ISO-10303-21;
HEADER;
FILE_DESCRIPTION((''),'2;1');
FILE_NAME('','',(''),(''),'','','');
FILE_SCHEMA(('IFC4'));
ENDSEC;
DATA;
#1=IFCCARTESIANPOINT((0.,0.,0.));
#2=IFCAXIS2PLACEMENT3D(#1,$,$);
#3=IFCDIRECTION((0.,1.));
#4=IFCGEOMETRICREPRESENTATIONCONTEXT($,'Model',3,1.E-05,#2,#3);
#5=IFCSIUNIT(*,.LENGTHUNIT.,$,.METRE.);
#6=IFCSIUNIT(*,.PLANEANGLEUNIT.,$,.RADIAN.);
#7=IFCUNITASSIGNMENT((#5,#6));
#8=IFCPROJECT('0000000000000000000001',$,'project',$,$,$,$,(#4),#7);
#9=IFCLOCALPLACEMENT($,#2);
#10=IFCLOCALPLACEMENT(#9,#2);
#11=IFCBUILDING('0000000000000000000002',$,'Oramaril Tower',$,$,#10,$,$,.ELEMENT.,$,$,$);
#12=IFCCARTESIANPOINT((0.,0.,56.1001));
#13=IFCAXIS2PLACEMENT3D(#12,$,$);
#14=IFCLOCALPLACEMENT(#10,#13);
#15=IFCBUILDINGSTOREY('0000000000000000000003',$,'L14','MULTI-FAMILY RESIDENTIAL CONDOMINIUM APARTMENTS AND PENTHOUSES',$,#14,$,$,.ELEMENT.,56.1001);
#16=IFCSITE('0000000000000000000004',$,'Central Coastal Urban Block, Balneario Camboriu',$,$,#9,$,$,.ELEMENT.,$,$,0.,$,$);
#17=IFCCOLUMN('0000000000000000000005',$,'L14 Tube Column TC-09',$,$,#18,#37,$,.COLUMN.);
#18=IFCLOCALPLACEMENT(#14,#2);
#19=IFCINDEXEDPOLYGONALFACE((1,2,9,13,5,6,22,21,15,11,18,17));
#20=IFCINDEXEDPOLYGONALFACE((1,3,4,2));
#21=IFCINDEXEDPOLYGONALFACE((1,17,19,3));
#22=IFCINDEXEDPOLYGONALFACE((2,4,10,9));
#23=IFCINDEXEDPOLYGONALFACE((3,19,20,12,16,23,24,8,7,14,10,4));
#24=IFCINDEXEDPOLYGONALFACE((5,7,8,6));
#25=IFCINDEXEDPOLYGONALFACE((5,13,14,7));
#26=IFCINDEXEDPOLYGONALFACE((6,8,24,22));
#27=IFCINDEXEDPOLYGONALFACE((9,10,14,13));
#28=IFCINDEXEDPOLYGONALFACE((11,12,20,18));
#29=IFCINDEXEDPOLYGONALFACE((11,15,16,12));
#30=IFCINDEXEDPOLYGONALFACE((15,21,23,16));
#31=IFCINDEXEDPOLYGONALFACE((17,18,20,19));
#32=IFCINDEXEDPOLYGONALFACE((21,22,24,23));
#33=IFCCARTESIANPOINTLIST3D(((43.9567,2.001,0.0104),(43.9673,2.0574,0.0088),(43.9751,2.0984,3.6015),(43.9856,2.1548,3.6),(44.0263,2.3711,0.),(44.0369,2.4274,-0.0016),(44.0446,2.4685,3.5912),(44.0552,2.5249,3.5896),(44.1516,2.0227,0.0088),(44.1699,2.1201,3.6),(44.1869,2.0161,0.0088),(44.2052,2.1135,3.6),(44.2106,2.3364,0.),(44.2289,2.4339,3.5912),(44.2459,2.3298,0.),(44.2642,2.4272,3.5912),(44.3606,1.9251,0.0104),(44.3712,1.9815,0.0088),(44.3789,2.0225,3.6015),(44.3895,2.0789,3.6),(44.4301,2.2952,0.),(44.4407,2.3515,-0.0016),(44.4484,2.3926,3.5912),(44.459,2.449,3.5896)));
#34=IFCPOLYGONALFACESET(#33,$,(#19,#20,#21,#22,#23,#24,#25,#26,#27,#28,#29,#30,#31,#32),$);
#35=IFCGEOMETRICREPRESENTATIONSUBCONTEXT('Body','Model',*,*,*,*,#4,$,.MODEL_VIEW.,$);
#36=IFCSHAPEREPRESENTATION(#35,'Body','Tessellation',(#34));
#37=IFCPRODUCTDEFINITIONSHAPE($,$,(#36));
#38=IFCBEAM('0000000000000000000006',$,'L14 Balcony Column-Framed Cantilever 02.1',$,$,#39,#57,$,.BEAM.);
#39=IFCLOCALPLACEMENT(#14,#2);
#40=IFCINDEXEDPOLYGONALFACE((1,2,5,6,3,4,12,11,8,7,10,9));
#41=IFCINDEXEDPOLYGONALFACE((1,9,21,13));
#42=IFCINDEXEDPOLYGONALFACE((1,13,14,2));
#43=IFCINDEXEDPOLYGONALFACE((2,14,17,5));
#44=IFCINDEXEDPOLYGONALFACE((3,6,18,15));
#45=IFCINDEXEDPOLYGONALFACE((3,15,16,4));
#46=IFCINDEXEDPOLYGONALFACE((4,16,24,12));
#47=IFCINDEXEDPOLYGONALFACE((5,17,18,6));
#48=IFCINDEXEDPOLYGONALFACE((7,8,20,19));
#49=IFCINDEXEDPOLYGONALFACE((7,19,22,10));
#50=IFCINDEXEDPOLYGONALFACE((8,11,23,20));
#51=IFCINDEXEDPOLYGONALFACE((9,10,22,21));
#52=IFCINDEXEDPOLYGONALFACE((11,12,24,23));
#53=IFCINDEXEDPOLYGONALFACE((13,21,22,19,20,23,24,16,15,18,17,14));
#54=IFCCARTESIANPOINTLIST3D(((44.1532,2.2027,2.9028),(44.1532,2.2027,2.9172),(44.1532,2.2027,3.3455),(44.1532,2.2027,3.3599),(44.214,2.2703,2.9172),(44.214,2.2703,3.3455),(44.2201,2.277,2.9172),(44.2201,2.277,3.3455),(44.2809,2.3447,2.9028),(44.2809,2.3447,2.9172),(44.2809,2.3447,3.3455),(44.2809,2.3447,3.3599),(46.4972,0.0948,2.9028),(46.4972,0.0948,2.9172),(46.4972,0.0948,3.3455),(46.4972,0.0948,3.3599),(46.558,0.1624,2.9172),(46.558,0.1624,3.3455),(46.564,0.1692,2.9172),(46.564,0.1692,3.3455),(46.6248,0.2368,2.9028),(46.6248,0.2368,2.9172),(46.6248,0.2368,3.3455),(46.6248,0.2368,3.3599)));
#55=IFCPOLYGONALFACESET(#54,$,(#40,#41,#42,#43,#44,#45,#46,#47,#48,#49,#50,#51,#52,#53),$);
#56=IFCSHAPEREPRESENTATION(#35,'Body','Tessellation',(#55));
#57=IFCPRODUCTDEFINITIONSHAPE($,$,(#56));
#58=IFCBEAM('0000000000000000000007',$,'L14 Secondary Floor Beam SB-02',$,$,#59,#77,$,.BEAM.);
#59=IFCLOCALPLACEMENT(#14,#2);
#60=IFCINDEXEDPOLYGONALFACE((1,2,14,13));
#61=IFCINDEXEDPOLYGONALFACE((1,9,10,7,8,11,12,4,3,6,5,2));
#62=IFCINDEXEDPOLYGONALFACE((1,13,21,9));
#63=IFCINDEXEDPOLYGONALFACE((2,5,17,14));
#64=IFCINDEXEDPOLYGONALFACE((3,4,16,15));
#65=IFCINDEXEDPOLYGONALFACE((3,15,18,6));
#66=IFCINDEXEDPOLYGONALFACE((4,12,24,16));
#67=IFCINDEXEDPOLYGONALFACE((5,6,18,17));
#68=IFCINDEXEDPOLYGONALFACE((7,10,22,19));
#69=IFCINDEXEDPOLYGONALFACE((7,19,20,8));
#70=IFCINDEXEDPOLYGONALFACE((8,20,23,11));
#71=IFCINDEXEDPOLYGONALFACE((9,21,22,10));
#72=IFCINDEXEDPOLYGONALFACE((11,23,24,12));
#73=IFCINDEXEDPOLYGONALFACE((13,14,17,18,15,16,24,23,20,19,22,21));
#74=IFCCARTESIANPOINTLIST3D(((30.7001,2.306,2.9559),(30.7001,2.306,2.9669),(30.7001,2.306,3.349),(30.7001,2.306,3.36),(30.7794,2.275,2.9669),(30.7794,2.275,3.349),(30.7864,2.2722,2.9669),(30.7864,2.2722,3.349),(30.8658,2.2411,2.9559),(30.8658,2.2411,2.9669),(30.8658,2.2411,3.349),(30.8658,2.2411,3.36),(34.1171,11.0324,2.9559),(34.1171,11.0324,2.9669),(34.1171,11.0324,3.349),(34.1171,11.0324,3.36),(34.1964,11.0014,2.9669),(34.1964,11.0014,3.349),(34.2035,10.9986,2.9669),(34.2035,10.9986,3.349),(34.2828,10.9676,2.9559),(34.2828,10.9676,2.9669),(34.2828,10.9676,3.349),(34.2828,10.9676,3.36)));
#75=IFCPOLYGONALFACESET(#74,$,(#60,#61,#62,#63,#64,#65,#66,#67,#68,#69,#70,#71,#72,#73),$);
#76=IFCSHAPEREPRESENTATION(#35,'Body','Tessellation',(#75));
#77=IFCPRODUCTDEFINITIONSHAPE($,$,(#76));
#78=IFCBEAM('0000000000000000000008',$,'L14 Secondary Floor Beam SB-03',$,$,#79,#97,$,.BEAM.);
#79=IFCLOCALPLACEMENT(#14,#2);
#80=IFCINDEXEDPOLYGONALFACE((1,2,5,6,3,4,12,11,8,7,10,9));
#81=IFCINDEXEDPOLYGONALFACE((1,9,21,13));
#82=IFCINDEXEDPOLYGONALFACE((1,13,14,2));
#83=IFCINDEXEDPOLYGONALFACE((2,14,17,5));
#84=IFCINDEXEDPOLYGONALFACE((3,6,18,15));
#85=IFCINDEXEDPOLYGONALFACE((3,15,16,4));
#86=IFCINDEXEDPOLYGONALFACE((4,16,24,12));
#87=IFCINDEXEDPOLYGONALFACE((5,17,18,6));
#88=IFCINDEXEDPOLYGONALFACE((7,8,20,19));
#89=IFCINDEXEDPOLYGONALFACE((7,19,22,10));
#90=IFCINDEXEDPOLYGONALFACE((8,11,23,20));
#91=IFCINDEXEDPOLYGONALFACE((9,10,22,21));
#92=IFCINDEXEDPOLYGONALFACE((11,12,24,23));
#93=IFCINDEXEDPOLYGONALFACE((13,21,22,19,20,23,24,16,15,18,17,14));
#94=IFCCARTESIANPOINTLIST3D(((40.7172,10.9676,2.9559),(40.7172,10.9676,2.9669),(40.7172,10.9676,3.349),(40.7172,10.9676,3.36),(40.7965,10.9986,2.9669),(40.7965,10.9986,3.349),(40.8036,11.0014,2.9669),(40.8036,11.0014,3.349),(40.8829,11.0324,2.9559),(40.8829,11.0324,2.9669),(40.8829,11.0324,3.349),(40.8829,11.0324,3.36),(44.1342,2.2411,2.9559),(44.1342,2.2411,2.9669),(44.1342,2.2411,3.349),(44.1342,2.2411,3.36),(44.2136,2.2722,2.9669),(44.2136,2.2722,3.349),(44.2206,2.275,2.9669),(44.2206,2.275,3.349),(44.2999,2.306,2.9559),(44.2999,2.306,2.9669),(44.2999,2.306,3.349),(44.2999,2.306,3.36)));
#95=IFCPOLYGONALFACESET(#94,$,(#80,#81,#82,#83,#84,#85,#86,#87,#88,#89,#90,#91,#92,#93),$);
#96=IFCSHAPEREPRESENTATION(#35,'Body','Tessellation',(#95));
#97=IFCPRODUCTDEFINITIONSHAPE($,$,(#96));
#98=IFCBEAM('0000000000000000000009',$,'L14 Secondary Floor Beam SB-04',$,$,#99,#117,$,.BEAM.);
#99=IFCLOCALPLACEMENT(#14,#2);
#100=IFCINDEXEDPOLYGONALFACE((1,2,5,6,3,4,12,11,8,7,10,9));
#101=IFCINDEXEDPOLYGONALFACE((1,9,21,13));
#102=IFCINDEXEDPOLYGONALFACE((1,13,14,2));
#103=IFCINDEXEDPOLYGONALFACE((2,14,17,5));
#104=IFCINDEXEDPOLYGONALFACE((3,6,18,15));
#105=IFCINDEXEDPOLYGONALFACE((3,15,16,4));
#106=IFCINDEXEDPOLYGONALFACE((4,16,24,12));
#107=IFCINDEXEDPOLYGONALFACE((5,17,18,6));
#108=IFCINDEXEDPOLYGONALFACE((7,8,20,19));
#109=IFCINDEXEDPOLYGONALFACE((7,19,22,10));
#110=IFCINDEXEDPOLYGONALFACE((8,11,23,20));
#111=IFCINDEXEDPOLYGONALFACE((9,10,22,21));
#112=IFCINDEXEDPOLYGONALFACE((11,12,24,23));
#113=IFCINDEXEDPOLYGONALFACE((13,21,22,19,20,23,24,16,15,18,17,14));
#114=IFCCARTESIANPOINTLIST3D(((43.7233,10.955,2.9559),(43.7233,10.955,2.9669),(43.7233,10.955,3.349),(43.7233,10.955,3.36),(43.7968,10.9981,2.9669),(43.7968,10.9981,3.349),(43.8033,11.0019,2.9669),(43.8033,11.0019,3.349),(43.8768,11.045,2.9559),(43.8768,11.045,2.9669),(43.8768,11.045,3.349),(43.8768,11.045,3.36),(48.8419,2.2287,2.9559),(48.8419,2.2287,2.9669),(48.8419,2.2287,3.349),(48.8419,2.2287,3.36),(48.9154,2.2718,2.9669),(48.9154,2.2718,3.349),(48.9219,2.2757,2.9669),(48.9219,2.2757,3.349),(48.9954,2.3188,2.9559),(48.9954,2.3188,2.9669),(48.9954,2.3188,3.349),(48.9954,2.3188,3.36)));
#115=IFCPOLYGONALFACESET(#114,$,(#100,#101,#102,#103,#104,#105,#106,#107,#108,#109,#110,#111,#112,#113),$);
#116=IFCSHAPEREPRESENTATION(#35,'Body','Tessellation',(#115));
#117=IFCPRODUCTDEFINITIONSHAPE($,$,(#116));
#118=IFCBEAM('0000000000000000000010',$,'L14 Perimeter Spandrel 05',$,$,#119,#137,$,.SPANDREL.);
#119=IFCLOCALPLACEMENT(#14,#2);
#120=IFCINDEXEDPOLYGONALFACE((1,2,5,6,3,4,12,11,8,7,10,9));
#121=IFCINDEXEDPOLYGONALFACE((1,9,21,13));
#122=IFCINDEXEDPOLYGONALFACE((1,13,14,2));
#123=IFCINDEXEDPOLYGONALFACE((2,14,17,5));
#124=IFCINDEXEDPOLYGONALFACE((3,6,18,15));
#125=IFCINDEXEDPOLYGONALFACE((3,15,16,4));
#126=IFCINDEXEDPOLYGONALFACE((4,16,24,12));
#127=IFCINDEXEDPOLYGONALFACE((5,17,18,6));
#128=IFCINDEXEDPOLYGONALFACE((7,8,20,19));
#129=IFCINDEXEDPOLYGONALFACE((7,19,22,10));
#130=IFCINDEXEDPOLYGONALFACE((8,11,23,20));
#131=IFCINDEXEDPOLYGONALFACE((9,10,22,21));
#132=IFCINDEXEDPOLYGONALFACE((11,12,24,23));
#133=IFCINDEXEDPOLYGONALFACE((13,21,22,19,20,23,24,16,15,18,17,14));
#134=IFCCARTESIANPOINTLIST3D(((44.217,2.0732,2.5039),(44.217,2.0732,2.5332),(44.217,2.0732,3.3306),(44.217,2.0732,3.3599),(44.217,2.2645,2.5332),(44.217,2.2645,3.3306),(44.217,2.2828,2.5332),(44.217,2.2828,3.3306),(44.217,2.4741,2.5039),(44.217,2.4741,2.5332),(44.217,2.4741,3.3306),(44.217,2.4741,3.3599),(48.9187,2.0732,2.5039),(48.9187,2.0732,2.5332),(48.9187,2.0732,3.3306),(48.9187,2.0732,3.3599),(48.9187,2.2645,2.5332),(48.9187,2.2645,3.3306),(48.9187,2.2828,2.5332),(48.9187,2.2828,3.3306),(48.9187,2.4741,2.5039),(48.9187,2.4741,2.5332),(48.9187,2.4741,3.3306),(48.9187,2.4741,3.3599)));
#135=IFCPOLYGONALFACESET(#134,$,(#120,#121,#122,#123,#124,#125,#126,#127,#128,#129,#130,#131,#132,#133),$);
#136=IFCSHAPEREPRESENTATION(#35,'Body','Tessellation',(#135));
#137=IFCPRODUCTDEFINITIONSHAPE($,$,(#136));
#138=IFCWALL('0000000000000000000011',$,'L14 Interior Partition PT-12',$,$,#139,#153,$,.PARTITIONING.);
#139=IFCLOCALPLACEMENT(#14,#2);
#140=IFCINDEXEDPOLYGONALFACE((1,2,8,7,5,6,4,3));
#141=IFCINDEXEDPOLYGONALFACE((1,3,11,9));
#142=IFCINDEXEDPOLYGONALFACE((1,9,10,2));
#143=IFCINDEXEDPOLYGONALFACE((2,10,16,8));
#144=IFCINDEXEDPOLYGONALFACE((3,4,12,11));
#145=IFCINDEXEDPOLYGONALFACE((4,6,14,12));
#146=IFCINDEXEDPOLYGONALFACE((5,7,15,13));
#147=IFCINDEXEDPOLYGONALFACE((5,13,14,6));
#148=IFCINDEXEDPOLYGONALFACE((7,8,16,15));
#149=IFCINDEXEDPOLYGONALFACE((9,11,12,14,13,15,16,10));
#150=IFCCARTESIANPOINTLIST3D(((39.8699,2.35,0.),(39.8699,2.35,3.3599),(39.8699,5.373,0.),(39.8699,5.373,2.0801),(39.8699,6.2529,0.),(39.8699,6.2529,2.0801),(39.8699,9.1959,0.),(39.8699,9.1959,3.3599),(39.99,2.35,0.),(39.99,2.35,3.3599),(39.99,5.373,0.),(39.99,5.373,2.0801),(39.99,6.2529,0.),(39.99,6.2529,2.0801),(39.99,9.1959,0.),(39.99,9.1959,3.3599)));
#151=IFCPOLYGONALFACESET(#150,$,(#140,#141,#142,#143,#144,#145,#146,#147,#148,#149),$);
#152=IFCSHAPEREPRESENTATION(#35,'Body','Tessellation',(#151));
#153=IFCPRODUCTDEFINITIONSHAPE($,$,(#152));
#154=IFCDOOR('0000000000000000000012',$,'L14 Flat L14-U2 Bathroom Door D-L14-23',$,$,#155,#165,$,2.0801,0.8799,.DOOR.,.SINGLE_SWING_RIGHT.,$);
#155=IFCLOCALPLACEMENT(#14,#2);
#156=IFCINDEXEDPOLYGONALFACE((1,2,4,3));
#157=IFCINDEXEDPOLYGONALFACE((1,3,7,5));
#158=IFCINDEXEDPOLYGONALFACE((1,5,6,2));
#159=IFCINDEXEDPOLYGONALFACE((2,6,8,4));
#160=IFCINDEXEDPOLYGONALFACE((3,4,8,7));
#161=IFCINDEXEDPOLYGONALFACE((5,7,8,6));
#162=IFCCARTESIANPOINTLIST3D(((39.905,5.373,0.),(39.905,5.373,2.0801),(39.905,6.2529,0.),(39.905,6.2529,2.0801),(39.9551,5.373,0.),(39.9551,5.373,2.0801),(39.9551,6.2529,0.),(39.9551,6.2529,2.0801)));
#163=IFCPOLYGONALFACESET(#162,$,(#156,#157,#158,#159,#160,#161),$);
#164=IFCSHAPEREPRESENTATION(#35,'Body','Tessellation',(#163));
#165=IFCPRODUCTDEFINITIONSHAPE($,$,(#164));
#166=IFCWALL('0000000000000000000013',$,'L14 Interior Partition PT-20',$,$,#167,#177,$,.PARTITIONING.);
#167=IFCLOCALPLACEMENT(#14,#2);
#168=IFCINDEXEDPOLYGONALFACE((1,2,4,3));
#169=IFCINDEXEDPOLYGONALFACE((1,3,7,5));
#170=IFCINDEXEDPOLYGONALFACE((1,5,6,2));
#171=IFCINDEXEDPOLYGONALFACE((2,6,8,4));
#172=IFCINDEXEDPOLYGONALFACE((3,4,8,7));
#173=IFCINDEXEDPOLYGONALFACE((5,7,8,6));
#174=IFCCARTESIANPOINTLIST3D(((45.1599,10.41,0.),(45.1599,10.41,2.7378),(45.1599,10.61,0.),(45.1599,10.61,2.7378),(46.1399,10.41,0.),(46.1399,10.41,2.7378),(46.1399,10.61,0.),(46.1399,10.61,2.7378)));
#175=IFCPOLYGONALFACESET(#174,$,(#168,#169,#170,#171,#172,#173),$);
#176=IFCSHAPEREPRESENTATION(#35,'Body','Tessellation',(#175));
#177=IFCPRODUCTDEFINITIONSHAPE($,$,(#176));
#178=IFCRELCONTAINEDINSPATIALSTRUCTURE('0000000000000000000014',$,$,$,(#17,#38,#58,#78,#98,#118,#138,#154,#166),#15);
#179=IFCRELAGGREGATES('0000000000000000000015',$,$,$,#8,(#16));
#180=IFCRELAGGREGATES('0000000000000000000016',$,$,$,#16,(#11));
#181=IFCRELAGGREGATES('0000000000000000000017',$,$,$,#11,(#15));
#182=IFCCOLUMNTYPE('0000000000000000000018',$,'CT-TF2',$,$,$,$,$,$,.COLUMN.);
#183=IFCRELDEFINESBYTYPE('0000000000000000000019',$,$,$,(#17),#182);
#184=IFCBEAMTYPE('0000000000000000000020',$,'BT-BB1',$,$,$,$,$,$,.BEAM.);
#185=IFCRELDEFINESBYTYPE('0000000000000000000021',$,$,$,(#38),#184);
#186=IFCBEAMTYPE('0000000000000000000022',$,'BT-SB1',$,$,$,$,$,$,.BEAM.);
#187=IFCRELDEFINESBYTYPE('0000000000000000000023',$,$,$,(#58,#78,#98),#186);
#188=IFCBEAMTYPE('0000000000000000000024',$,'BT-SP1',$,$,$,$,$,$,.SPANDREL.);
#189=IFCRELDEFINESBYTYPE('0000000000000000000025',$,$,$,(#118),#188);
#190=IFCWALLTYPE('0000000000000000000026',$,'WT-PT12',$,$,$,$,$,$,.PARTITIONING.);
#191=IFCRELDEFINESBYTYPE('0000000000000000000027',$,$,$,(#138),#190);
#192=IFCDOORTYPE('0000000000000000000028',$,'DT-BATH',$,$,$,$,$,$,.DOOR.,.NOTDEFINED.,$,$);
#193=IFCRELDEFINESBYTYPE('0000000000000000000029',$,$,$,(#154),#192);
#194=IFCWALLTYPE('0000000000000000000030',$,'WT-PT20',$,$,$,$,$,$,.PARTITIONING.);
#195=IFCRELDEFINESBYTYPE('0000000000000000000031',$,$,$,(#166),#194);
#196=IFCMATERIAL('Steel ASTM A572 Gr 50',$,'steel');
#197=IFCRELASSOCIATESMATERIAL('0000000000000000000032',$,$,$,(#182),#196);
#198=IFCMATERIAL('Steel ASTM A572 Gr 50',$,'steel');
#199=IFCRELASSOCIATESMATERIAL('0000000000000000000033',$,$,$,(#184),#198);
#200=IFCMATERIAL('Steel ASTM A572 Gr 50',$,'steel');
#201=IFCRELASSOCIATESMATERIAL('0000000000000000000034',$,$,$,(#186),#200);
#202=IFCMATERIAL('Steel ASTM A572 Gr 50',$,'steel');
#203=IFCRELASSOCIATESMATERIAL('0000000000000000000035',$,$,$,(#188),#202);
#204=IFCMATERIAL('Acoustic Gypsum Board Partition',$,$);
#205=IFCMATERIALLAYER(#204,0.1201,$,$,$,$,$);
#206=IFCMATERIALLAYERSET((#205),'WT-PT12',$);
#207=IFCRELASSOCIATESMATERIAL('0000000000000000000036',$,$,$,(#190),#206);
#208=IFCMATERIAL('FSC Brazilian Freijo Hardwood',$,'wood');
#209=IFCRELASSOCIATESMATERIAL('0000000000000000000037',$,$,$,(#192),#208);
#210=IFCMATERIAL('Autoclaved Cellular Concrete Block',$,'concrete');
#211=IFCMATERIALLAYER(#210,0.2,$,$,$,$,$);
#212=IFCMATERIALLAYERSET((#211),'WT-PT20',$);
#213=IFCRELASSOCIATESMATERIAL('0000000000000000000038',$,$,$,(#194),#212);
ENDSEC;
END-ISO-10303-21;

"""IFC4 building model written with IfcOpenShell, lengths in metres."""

from ifc_helpers import new_model, si_unit, direction, frame, frame_2d, origin, origin_2d, place, context, subcontext, project, spatial, rectangle, i_section, extrude, material, layer, layer_set, material_profile, profile_set, type_object, element, fill, save


model = new_model("IFC4")

# Units and contexts
model_context = context("Model", 3, precision=1e-05, world=origin(), true_north=direction((0.0, 1.0)))
body_context = subcontext(model_context, "Body", "Model", "MODEL_VIEW")
ifc_project = project(units=[si_unit("LENGTHUNIT", "METRE"), si_unit("PLANEANGLEUNIT", "RADIAN")], contexts=[model_context])

# Site, building, storey
site_placement = place(None, origin())
site = spatial("IfcSite", under=ifc_project, at=site_placement, Name="Central Coastal Urban Block, Balneario Camboriu", CompositionType="ELEMENT", RefElevation=0.0)
building_placement = place(site_placement, origin())
building = spatial("IfcBuilding", under=site, at=building_placement, Name="Oramaril Tower", CompositionType="ELEMENT")
storey_placement = place(building_placement, frame((0.0, 0.0, 56.1001)))
storey = spatial("IfcBuildingStorey", under=building, at=storey_placement, Name="L14", Description="MULTI-FAMILY RESIDENTIAL CONDOMINIUM APARTMENTS AND PENTHOUSES", CompositionType="ELEMENT", Elevation=56.1001)

# Column
ifc_material_1 = material(Name="Steel ASTM A572 Gr 50", Category="steel")
ifc_material_profile_1 = material_profile(ifc_material_1, i_section(OverallWidth=0.4109, OverallDepth=0.4341, WebThickness=0.0359, FlangeThickness=0.0574, at=origin_2d()), Name="W14X311")
ifc_profile_set_1 = profile_set([ifc_material_profile_1], Name="Steel ASTM A572 Gr 50")
column_type = type_object("IfcColumnType", Name="CT-TF2", PredefinedType="COLUMN", material=ifc_profile_set_1)
column_placement = place(storey_placement, frame((44.1987, 2.1763, 0.0044), z_axis=(0.005097, 0.027116, 0.999619), x_axis=(-0.982788, 0.184735, 0.0)))
element("IfcColumn", 1, at=column_placement, inside=storey, type_object=column_type, Name="L14 Tube Column TC-09", PredefinedType="COLUMN", context=body_context, shape_type="SweptSolid", body=[
    extrude(i_section(OverallWidth=0.4109, OverallDepth=0.4341, WebThickness=0.0359, FlangeThickness=0.0574, at=origin_2d()), origin(), (0.0, 0.0, 1.0), 3.5925),
])

# Beams
ifc_material_2 = material(Name="Steel ASTM A572 Gr 50", Category="steel")
ifc_material_profile_2 = material_profile(ifc_material_2, i_section(OverallWidth=0.1909, OverallDepth=0.457, WebThickness=0.009, FlangeThickness=0.0144, at=origin_2d()), Name="W18X50")
ifc_profile_set_2 = profile_set([ifc_material_profile_2], Name="Steel ASTM A572 Gr 50")
beam_type_1 = type_object("IfcBeamType", Name="BT-BB1", PredefinedType="BEAM", material=ifc_profile_set_2)
beam_1_placement = place(storey_placement, frame((44.217, 2.2737, 3.1313), z_axis=(0.74356, -0.668669, 0.0), x_axis=(0.668669, 0.74356, 0.0)))
element("IfcBeam", 2, at=beam_1_placement, inside=storey, type_object=beam_type_1, Name="L14 Balcony Column-Framed Cantilever 02.1", PredefinedType="BEAM", context=body_context, shape_type="SweptSolid", body=[
    extrude(i_section(OverallWidth=0.1909, OverallDepth=0.457, WebThickness=0.009, FlangeThickness=0.0144, at=origin_2d()), origin(), (0.0, 0.0, 1.0), 3.1523),
])
ifc_material_3 = material(Name="Steel ASTM A572 Gr 50", Category="steel")
ifc_material_profile_3 = material_profile(ifc_material_3, i_section(OverallWidth=0.178, OverallDepth=0.4041, WebThickness=0.0076, FlangeThickness=0.011, at=origin_2d()), Name="W16X36")
ifc_profile_set_3 = profile_set([ifc_material_profile_3], Name="Steel ASTM A572 Gr 50")
beam_type_2 = type_object("IfcBeamType", Name="BT-SB1", PredefinedType="BEAM", material=ifc_profile_set_3)
for number, where, z_axis, x_axis, name in (
    (3, (34.2, 11.0, 3.158), (-0.364616, -0.931158, 0.0), (0.931158, -0.364616, 0.0), "L14 Secondary Floor Beam SB-02"),
    (4, (40.8, 11.0, 3.158), (0.364616, -0.931158, 0.0), (0.931158, 0.364616, 0.0), "L14 Secondary Floor Beam SB-03"),
):
    element("IfcBeam", number, at=place(storey_placement, frame(where, z_axis=z_axis, x_axis=x_axis)), inside=storey, type_object=beam_type_2, Name=name, PredefinedType="BEAM", context=body_context, shape_type="SweptSolid", body=[
        extrude(i_section(OverallWidth=0.178, OverallDepth=0.4041, WebThickness=0.0076, FlangeThickness=0.011, at=origin_2d()), origin(), (0.0, 0.0, 1.0), 9.3716),
    ])
beam_2_placement = place(storey_placement, frame((43.8, 11.0, 3.158), z_axis=(0.505957, -0.862559, 0.0), x_axis=(0.862559, 0.505957, 0.0)))
element("IfcBeam", 5, at=beam_2_placement, inside=storey, type_object=beam_type_2, Name="L14 Secondary Floor Beam SB-04", PredefinedType="BEAM", context=body_context, shape_type="SweptSolid", body=[
    extrude(i_section(OverallWidth=0.178, OverallDepth=0.4041, WebThickness=0.0076, FlangeThickness=0.011, at=origin_2d()), origin(), (0.0, 0.0, 1.0), 10.1167),
])
ifc_material_4 = material(Name="Steel ASTM A572 Gr 50", Category="steel")
ifc_material_profile_4 = material_profile(ifc_material_4, i_section(OverallWidth=0.4009, OverallDepth=0.856, WebThickness=0.0183, FlangeThickness=0.0293, at=origin_2d()), Name="W33X201")
ifc_profile_set_4 = profile_set([ifc_material_profile_4], Name="Steel ASTM A572 Gr 50")
beam_type_3 = type_object("IfcBeamType", Name="BT-SP1", PredefinedType="SPANDREL", material=ifc_profile_set_4)
beam_3_placement = place(storey_placement, frame((44.217, 2.2737, 2.9319), z_axis=(1.0, 0.0, 0.0), x_axis=(0.0, 1.0, 0.0)))
element("IfcBeam", 6, at=beam_3_placement, inside=storey, type_object=beam_type_3, Name="L14 Perimeter Spandrel 05", PredefinedType="SPANDREL", context=body_context, shape_type="SweptSolid", body=[
    extrude(i_section(OverallWidth=0.4009, OverallDepth=0.856, WebThickness=0.0183, FlangeThickness=0.0293, at=origin_2d()), origin(), (0.0, 0.0, 1.0), 4.7017),
])

# Wall, opening, door
ifc_material_5 = material(Name="Acoustic Gypsum Board Partition")
ifc_layer_1 = layer(ifc_material_5, 0.1201)
ifc_layer_set_1 = layer_set([ifc_layer_1], Name="WT-PT12")
wall_type_1 = type_object("IfcWallType", Name="WT-PT12", PredefinedType="PARTITIONING", material=ifc_layer_set_1)
wall_1_placement = place(storey_placement, frame((39.9299, 2.3501, 0.0), z_axis=(0.0, 0.0, 1.0), x_axis=(0.0, 1.0, 0.0)))
wall_1 = element("IfcWall", 7, at=wall_1_placement, inside=storey, type_object=wall_type_1, Name="L14 Interior Partition PT-12", PredefinedType="PARTITIONING", context=body_context, shape_type="SweptSolid", body=[
    extrude(rectangle(XDim=6.8459, YDim=0.1201, at=frame_2d((3.4229, 0.0))), origin(), (0.0, 0.0, 1.0), 3.3599),
])
opening_placement = place(wall_1_placement, frame((3.0229, 0.0, 0.0)))
opening = element("IfcOpeningElement", 8, at=opening_placement, cuts=wall_1, PredefinedType="OPENING", context=body_context, shape_type="SweptSolid", body=[
    extrude(rectangle(XDim=0.8799, YDim=2.0801, at=frame_2d((0.4399, 1.04))), frame((0.0, 0.0601, 0.0), z_axis=(0.0, -1.0, 0.0), x_axis=(1.0, 0.0, 0.0)), (0.0, 0.0, 1.0), 0.1201),
])
ifc_material_6 = material(Name="FSC Brazilian Freijo Hardwood", Category="wood")
door_type = type_object("IfcDoorType", Name="DT-BATH", OperationType="NOTDEFINED", PredefinedType="DOOR", material=ifc_material_6)
door_placement = place(opening_placement, origin())
door = element("IfcDoor", 9, at=door_placement, inside=storey, type_object=door_type, Name="L14 Flat L14-U2 Bathroom Door D-L14-23", OperationType="SINGLE_SWING_RIGHT", OverallHeight=2.0801, OverallWidth=0.8799, PredefinedType="DOOR", context=body_context, shape_type="SweptSolid", body=[
    extrude(rectangle(XDim=0.8799, YDim=2.0801, at=frame_2d((0.4399, 1.04))), frame((0.0, 0.0249, 0.0), z_axis=(0.0, -1.0, 0.0), x_axis=(1.0, 0.0, 0.0)), (0.0, 0.0, 1.0), 0.05),
])
fill(opening, door)

# Wall
ifc_material_7 = material(Name="Autoclaved Cellular Concrete Block", Category="concrete")
ifc_layer_2 = layer(ifc_material_7, 0.2)
ifc_layer_set_2 = layer_set([ifc_layer_2], Name="WT-PT20")
wall_type_2 = type_object("IfcWallType", Name="WT-PT20", PredefinedType="PARTITIONING", material=ifc_layer_set_2)
wall_2_placement = place(storey_placement, frame((45.1599, 10.51, 0.0), z_axis=(0.0, 0.0, 1.0), x_axis=(1.0, 0.0, 0.0)))
element("IfcWall", 10, at=wall_2_placement, inside=storey, type_object=wall_type_2, Name="L14 Interior Partition PT-20", PredefinedType="PARTITIONING", context=body_context, shape_type="SweptSolid", body=[
    extrude(rectangle(XDim=0.98, YDim=0.2, at=frame_2d((0.49, 0.0))), origin(), (0.0, 0.0, 1.0), 2.7378),
])

save(model, "model.ifc")
